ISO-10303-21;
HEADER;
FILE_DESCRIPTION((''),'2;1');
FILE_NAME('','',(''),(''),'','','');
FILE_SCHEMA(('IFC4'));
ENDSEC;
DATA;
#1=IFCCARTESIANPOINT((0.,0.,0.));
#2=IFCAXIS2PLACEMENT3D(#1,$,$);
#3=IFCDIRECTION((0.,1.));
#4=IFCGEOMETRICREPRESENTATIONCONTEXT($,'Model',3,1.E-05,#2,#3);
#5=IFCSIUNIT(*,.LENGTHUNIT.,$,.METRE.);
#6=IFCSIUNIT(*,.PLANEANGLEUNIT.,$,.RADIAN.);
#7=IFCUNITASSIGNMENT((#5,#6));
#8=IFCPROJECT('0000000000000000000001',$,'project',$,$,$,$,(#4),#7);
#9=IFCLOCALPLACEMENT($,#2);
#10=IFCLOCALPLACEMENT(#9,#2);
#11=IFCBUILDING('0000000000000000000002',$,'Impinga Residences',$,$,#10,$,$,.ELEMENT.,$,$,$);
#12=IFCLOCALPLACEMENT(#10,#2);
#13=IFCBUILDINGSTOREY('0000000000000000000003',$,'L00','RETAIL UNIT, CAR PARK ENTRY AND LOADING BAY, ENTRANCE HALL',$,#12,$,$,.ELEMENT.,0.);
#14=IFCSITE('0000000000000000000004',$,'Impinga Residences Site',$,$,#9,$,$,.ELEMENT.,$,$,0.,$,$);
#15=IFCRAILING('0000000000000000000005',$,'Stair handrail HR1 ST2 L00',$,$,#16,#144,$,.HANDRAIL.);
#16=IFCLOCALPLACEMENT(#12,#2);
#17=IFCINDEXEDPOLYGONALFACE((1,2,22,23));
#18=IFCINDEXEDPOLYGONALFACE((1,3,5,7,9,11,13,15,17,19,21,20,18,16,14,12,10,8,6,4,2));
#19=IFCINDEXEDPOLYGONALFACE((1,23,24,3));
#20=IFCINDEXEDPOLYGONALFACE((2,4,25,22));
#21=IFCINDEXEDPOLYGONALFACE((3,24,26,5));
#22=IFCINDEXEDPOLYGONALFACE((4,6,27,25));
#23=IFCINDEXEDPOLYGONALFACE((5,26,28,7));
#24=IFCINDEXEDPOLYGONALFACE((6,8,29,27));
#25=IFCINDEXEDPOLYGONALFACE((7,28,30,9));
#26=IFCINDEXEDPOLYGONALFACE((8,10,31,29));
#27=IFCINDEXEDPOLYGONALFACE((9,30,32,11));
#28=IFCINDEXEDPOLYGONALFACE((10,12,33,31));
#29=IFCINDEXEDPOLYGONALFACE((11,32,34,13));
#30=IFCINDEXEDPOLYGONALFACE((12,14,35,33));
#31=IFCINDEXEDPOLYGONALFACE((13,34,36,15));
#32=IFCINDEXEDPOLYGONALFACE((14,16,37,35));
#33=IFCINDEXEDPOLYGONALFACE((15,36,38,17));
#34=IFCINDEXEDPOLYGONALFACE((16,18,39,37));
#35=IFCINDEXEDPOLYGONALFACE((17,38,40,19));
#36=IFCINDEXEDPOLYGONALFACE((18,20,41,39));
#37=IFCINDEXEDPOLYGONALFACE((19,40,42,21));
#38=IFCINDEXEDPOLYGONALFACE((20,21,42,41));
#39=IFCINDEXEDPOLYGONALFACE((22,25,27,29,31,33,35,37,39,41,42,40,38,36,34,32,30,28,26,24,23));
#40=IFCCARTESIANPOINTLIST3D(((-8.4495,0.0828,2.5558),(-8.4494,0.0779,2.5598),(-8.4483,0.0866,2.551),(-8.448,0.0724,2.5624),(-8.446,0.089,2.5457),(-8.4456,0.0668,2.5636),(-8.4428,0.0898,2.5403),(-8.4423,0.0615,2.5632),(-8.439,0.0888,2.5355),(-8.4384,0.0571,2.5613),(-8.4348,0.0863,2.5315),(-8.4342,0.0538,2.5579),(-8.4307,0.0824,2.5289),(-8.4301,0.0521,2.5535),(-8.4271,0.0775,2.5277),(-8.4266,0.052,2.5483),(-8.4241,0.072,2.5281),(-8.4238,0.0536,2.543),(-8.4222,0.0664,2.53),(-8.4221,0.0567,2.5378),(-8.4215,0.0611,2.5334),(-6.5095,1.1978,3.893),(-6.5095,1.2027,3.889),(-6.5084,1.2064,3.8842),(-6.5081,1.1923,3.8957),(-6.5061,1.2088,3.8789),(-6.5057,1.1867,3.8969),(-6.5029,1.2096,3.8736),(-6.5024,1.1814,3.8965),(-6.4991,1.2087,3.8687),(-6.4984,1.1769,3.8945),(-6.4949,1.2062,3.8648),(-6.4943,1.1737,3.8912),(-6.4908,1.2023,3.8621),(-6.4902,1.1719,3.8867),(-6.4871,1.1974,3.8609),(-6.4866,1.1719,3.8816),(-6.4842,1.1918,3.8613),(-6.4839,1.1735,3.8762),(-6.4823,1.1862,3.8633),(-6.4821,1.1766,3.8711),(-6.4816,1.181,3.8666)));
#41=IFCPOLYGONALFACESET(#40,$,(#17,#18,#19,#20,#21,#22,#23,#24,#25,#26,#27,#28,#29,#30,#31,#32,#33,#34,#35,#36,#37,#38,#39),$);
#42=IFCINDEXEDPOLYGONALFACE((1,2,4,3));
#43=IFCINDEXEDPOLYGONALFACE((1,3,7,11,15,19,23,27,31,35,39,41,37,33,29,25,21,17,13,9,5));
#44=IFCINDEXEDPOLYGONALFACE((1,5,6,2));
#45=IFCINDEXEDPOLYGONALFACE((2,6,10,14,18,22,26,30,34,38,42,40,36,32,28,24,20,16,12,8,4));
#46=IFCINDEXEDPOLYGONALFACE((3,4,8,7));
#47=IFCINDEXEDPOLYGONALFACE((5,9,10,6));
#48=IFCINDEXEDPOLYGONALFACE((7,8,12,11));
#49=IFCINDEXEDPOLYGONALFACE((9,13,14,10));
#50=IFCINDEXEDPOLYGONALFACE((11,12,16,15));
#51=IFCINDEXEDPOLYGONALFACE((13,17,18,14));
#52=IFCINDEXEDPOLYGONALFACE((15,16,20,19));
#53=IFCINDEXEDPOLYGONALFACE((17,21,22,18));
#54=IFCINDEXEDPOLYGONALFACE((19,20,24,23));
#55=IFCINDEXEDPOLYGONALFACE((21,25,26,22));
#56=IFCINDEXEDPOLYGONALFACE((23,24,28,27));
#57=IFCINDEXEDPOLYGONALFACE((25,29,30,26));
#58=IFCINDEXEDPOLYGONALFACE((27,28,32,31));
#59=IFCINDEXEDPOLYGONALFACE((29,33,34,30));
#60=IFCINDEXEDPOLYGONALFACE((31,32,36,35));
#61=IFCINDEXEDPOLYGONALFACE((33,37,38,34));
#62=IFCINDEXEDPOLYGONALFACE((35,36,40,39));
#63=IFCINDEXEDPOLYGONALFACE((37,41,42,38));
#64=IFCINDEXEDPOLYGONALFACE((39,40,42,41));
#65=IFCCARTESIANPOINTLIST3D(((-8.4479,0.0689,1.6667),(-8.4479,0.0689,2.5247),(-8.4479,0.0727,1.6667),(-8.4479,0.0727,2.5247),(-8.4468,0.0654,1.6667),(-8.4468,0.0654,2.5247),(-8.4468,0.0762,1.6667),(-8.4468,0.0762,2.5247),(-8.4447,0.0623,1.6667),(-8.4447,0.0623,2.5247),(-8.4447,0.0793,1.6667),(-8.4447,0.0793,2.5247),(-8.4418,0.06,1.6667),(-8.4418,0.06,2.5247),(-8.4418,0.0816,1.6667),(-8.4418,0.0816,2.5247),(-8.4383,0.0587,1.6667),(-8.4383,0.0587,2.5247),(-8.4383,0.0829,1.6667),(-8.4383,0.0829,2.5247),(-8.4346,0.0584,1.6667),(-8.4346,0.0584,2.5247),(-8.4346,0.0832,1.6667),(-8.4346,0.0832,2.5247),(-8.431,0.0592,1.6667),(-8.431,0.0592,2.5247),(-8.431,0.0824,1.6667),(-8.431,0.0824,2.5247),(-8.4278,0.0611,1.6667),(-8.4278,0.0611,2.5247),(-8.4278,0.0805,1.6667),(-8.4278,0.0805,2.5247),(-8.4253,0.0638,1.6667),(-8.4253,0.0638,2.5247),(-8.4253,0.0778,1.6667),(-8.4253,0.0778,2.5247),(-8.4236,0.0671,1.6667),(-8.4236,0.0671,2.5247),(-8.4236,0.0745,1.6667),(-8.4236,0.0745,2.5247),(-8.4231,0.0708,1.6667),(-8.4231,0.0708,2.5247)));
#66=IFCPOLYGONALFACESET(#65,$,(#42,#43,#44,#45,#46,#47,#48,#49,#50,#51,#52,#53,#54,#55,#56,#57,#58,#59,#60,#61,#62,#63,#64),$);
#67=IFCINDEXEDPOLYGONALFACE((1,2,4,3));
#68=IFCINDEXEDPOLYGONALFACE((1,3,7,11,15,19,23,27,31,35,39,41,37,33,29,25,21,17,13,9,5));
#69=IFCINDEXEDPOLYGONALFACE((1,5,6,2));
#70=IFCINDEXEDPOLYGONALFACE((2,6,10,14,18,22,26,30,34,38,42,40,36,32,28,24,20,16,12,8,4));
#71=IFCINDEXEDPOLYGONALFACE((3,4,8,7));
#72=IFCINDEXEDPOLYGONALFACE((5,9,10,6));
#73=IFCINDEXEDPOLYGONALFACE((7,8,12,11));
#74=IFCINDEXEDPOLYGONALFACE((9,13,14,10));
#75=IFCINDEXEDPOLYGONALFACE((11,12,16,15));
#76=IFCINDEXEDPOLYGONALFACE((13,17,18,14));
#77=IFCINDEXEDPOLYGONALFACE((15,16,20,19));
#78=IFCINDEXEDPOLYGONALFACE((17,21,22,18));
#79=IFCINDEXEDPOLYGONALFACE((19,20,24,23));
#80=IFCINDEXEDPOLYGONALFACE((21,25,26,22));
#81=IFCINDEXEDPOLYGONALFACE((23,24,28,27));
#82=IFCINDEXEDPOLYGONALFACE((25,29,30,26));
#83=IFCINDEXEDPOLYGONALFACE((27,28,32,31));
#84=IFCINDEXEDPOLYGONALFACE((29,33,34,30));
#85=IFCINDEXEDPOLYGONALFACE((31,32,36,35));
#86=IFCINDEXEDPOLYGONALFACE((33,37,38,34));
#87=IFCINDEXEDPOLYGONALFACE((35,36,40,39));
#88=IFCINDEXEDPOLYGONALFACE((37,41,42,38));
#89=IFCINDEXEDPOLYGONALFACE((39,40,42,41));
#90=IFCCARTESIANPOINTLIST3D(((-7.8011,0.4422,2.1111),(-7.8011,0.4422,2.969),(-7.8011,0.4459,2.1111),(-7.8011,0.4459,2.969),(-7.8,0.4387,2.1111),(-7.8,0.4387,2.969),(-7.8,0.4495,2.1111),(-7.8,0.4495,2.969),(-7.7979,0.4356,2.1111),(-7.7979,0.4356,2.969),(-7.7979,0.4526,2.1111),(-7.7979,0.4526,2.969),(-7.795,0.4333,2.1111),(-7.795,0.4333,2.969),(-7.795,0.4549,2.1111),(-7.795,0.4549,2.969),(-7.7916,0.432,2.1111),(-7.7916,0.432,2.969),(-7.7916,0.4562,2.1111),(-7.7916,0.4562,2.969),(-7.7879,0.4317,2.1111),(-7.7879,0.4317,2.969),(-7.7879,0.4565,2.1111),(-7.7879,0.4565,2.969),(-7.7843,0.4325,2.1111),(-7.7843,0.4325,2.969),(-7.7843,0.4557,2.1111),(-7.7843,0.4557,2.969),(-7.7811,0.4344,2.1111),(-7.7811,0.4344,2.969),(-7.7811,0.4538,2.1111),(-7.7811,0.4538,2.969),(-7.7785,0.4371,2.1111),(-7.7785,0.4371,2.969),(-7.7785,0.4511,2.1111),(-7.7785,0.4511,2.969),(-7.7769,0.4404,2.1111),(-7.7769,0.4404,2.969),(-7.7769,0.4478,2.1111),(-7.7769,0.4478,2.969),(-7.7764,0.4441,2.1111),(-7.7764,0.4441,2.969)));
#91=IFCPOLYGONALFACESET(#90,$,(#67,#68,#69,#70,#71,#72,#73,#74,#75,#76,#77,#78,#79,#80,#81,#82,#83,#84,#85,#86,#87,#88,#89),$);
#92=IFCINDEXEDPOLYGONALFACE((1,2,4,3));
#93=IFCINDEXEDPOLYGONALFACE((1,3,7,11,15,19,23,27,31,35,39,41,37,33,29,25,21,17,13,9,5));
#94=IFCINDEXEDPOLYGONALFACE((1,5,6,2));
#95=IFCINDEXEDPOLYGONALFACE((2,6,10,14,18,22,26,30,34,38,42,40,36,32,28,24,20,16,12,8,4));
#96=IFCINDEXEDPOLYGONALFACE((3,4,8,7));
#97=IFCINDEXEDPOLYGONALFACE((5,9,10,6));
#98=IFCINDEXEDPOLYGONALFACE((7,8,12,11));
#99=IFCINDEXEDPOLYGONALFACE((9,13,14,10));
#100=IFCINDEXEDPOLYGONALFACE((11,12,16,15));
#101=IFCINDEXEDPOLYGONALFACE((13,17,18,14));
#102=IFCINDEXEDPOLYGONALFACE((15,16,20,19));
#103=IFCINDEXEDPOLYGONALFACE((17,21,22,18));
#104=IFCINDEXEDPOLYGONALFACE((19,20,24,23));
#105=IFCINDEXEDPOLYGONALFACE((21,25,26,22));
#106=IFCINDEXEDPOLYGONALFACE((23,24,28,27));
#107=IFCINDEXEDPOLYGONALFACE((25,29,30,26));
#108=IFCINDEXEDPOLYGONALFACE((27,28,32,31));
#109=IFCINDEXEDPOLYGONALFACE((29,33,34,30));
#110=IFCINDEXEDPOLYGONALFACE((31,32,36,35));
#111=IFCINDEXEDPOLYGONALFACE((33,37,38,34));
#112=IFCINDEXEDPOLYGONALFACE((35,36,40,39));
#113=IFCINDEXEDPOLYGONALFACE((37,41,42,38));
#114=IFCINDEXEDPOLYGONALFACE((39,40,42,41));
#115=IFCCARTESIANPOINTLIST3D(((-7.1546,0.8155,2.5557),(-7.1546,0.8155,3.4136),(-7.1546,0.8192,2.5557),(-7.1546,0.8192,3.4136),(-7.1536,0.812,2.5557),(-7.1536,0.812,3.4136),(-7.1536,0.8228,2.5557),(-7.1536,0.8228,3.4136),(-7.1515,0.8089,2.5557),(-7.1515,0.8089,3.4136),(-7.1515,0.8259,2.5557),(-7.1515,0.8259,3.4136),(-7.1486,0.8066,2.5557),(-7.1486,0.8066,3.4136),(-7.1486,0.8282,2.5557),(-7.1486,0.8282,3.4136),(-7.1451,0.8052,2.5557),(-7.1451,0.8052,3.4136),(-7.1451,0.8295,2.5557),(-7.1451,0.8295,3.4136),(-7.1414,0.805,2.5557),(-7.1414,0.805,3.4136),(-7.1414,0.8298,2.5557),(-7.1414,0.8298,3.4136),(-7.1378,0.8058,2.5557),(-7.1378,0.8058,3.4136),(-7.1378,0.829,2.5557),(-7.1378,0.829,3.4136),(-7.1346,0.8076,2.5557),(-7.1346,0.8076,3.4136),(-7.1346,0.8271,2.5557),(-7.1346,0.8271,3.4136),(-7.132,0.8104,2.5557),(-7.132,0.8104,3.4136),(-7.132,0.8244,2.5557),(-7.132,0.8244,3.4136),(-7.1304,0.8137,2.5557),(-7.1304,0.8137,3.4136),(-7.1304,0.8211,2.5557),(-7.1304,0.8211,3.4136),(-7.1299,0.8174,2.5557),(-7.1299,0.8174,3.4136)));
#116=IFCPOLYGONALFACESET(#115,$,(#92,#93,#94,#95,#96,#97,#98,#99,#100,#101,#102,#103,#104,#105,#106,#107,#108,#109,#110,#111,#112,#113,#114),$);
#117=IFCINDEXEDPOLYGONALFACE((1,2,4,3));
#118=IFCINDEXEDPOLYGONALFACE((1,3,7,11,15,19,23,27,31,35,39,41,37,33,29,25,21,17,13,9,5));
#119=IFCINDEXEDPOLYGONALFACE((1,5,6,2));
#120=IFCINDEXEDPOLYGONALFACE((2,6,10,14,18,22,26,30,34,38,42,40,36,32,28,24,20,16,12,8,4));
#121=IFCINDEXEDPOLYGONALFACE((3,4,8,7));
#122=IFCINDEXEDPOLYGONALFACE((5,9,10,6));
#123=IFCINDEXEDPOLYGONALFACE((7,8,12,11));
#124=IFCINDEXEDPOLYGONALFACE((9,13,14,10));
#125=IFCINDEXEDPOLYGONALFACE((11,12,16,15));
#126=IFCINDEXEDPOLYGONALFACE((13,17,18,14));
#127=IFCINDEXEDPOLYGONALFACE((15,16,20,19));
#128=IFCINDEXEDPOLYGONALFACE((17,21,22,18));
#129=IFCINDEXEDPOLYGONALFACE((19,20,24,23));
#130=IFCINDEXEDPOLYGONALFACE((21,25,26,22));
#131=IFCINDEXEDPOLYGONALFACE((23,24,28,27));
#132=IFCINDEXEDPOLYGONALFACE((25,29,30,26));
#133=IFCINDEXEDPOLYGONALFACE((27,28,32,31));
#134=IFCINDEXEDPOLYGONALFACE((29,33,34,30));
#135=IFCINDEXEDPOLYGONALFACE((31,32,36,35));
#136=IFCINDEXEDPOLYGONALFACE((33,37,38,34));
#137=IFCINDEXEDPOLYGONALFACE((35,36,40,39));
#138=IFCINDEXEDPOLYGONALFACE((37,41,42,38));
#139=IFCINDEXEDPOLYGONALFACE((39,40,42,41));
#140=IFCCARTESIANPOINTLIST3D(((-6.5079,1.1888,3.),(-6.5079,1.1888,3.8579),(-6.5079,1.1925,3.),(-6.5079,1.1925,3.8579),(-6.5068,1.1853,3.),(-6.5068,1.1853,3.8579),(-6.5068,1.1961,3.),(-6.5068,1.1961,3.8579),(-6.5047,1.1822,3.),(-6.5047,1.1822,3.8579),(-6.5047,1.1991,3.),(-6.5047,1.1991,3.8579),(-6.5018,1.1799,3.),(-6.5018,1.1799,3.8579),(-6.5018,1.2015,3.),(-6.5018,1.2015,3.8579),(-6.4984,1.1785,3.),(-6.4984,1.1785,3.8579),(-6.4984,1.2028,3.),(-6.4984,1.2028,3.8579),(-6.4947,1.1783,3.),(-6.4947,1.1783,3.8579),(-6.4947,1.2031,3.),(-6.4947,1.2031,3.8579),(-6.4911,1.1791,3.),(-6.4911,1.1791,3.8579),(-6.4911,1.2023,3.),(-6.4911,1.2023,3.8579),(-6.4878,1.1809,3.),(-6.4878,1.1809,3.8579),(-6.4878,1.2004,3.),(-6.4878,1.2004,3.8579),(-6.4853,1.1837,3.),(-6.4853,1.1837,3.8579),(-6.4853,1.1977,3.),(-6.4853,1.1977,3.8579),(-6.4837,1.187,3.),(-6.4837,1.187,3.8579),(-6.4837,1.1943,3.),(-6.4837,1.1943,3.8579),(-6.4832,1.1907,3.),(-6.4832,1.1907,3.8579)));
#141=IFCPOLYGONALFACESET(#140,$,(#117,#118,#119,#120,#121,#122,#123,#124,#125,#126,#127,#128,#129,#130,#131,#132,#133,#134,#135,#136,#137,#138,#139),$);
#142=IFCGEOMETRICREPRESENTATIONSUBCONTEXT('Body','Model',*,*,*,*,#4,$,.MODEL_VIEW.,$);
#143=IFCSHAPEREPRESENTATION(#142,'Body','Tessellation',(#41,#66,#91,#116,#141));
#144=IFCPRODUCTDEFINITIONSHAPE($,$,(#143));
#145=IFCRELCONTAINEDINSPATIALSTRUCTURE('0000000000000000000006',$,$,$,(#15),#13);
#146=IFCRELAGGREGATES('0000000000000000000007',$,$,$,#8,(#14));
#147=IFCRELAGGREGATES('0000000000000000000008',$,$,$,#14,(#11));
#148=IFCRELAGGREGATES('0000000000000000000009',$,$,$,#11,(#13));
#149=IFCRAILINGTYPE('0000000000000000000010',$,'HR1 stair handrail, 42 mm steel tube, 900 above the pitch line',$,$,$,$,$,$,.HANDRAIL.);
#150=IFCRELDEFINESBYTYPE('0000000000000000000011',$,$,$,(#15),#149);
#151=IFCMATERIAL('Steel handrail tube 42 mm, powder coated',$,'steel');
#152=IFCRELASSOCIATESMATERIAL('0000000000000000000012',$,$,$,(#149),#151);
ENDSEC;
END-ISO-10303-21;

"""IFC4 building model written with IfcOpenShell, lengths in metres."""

from ifc_helpers import new_model, si_unit, direction, frame, origin, origin_2d, place, context, subcontext, project, spatial, circle, extrude, material, type_object, element, save


model = new_model("IFC4")

# Units and contexts
model_context = context("Model", 3, precision=1e-05, world=origin(), true_north=direction((0.0, 1.0)))
body_context = subcontext(model_context, "Body", "Model", "MODEL_VIEW")
ifc_project = project(units=[si_unit("LENGTHUNIT", "METRE"), si_unit("PLANEANGLEUNIT", "RADIAN")], contexts=[model_context])

# Site, building, storey
site_placement = place(None, origin())
site = spatial("IfcSite", under=ifc_project, at=site_placement, Name="Impinga Residences Site", CompositionType="ELEMENT", RefElevation=0.0)
building_placement = place(site_placement, origin())
building = spatial("IfcBuilding", under=site, at=building_placement, Name="Impinga Residences", CompositionType="ELEMENT")
storey_placement = place(building_placement, origin())
storey = spatial("IfcBuildingStorey", under=building, at=storey_placement, Name="L00", Description="RETAIL UNIT, CAR PARK ENTRY AND LOADING BAY, ENTRANCE HALL", CompositionType="ELEMENT", Elevation=0.0)

# Railing
ifc_material_1 = material(Name="Steel handrail tube 42 mm, powder coated", Category="steel")
railing_type = type_object("IfcRailingType", Name="HR1 stair handrail, 42 mm steel tube, 900 above the pitch line", PredefinedType="HANDRAIL", material=ifc_material_1)
for number, where, name in (
    (1, (-8.4355, 0.0708, 1.6667), "Stair handrail HR1 ST2 L00"),
):
    element("IfcRailing", number, at=place(storey_placement, frame(where)), inside=storey, type_object=railing_type, Name=name, PredefinedType="HANDRAIL", context=body_context, shape_type="SweptSolid", body=[
        extrude(circle(Radius=0.021, at=origin_2d()), frame((0.0, 0.0, 0.8789), z_axis=(0.744205, 0.429608, 0.511465), x_axis=(-0.499949, 0.866055, 0.0)), (0.0, 0.0, 1.0), 2.6067),
        extrude(circle(Radius=0.0125, at=origin_2d()), origin(), (0.0, 0.0, 1.0), 0.8579),
        extrude(circle(Radius=0.0125, at=origin_2d()), frame((0.6467, 0.3733, 0.4443)), (0.0, 0.0, 1.0), 0.8579),
        extrude(circle(Radius=0.0125, at=origin_2d()), frame((1.2932, 0.7466, 0.8889)), (0.0, 0.0, 1.0), 0.8579),
        extrude(circle(Radius=0.0125, at=origin_2d()), frame((1.9399, 1.1199, 1.3333)), (0.0, 0.0, 1.0), 0.8579),
    ])

save(model, "model.ifc")
